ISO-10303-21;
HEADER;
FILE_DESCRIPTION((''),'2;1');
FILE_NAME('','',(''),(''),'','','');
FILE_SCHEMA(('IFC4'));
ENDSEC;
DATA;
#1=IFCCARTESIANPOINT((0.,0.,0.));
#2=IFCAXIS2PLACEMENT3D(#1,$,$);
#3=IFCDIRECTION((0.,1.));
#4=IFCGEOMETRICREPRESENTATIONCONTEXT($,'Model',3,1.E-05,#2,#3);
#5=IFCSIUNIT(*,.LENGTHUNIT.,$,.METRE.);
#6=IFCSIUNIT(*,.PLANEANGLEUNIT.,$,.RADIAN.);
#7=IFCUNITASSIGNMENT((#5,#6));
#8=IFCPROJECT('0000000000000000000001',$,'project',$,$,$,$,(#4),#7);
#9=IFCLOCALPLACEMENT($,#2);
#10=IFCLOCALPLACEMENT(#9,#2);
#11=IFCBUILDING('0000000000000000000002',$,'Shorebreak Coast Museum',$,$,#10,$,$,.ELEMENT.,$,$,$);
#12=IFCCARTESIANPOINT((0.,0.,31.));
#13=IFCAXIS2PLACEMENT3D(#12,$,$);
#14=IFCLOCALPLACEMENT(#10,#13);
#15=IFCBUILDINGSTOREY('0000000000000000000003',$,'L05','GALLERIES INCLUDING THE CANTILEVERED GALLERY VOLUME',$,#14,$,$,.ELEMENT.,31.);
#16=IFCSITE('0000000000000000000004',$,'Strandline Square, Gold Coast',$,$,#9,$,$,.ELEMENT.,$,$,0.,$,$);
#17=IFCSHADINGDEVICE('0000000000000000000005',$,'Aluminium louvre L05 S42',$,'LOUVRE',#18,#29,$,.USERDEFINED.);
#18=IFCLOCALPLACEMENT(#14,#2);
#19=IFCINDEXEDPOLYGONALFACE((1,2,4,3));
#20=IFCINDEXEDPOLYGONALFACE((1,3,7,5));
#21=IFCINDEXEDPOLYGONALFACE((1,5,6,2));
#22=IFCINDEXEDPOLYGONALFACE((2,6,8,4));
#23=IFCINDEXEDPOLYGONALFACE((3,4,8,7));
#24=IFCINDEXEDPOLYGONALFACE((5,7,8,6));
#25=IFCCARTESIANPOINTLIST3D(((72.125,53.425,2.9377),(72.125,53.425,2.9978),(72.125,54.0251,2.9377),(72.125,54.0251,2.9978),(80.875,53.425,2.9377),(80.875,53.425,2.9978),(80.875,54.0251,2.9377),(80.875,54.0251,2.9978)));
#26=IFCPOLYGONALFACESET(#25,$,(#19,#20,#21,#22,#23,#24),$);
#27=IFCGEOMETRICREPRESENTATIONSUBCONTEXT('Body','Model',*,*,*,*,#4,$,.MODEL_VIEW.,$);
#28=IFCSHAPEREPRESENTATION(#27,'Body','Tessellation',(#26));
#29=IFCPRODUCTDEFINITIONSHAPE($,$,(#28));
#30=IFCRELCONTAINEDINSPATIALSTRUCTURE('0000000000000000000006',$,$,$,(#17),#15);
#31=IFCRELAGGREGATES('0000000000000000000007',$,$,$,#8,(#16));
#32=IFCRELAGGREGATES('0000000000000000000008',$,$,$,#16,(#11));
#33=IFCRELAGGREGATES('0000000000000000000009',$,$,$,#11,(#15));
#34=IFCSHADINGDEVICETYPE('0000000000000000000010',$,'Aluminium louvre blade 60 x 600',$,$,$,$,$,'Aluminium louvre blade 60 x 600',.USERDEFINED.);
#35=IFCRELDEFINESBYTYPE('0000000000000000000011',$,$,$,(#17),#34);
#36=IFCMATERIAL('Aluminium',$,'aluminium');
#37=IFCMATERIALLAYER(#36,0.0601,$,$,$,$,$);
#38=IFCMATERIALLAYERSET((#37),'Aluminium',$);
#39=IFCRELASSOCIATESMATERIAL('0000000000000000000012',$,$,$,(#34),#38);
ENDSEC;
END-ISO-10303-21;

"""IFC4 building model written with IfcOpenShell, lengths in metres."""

from ifc_helpers import new_model, si_unit, direction, frame, origin, origin_2d, place, context, subcontext, project, spatial, rectangle, extrude, material, layer, layer_set, type_object, element, save


model = new_model("IFC4")

# Units and contexts
model_context = context("Model", 3, precision=1e-05, world=origin(), true_north=direction((0.0, 1.0)))
body_context = subcontext(model_context, "Body", "Model", "MODEL_VIEW")
ifc_project = project(units=[si_unit("LENGTHUNIT", "METRE"), si_unit("PLANEANGLEUNIT", "RADIAN")], contexts=[model_context])

# Site, building, storey
site_placement = place(None, origin())
site = spatial("IfcSite", under=ifc_project, at=site_placement, Name="Strandline Square, Gold Coast", CompositionType="ELEMENT", RefElevation=0.0)
building_placement = place(site_placement, origin())
building = spatial("IfcBuilding", under=site, at=building_placement, Name="Shorebreak Coast Museum", CompositionType="ELEMENT")
storey_placement = place(building_placement, frame((0.0, 0.0, 31.0)))
storey = spatial("IfcBuildingStorey", under=building, at=storey_placement, Name="L05", Description="GALLERIES INCLUDING THE CANTILEVERED GALLERY VOLUME", CompositionType="ELEMENT", Elevation=31.0)

# Shading device
ifc_material_1 = material(Name="Aluminium", Category="aluminium")
ifc_layer_1 = layer(ifc_material_1, 0.0601)
ifc_layer_set_1 = layer_set([ifc_layer_1], Name="Aluminium")
shading_device_type = type_object("IfcShadingDeviceType", Name="Aluminium louvre blade 60 x 600", ElementType="Aluminium louvre blade 60 x 600", PredefinedType="USERDEFINED", material=ifc_layer_set_1)
for number, where, z_axis, x_axis, name in (
    (1, (76.5, 53.7251, 2.9377), (0.0, 0.0, 1.0), (1.0, 0.0, 0.0), "Aluminium louvre L05 S42"),
):
    element("IfcShadingDevice", number, at=place(storey_placement, frame(where, z_axis=z_axis, x_axis=x_axis)), inside=storey, type_object=shading_device_type, Name=name, ObjectType="LOUVRE", PredefinedType="USERDEFINED", context=body_context, shape_type="SweptSolid", body=[
        extrude(rectangle(XDim=8.75, YDim=0.6001, at=origin_2d()), origin(), (0.0, 0.0, 1.0), 0.0601),
    ])

save(model, "model.ifc")
